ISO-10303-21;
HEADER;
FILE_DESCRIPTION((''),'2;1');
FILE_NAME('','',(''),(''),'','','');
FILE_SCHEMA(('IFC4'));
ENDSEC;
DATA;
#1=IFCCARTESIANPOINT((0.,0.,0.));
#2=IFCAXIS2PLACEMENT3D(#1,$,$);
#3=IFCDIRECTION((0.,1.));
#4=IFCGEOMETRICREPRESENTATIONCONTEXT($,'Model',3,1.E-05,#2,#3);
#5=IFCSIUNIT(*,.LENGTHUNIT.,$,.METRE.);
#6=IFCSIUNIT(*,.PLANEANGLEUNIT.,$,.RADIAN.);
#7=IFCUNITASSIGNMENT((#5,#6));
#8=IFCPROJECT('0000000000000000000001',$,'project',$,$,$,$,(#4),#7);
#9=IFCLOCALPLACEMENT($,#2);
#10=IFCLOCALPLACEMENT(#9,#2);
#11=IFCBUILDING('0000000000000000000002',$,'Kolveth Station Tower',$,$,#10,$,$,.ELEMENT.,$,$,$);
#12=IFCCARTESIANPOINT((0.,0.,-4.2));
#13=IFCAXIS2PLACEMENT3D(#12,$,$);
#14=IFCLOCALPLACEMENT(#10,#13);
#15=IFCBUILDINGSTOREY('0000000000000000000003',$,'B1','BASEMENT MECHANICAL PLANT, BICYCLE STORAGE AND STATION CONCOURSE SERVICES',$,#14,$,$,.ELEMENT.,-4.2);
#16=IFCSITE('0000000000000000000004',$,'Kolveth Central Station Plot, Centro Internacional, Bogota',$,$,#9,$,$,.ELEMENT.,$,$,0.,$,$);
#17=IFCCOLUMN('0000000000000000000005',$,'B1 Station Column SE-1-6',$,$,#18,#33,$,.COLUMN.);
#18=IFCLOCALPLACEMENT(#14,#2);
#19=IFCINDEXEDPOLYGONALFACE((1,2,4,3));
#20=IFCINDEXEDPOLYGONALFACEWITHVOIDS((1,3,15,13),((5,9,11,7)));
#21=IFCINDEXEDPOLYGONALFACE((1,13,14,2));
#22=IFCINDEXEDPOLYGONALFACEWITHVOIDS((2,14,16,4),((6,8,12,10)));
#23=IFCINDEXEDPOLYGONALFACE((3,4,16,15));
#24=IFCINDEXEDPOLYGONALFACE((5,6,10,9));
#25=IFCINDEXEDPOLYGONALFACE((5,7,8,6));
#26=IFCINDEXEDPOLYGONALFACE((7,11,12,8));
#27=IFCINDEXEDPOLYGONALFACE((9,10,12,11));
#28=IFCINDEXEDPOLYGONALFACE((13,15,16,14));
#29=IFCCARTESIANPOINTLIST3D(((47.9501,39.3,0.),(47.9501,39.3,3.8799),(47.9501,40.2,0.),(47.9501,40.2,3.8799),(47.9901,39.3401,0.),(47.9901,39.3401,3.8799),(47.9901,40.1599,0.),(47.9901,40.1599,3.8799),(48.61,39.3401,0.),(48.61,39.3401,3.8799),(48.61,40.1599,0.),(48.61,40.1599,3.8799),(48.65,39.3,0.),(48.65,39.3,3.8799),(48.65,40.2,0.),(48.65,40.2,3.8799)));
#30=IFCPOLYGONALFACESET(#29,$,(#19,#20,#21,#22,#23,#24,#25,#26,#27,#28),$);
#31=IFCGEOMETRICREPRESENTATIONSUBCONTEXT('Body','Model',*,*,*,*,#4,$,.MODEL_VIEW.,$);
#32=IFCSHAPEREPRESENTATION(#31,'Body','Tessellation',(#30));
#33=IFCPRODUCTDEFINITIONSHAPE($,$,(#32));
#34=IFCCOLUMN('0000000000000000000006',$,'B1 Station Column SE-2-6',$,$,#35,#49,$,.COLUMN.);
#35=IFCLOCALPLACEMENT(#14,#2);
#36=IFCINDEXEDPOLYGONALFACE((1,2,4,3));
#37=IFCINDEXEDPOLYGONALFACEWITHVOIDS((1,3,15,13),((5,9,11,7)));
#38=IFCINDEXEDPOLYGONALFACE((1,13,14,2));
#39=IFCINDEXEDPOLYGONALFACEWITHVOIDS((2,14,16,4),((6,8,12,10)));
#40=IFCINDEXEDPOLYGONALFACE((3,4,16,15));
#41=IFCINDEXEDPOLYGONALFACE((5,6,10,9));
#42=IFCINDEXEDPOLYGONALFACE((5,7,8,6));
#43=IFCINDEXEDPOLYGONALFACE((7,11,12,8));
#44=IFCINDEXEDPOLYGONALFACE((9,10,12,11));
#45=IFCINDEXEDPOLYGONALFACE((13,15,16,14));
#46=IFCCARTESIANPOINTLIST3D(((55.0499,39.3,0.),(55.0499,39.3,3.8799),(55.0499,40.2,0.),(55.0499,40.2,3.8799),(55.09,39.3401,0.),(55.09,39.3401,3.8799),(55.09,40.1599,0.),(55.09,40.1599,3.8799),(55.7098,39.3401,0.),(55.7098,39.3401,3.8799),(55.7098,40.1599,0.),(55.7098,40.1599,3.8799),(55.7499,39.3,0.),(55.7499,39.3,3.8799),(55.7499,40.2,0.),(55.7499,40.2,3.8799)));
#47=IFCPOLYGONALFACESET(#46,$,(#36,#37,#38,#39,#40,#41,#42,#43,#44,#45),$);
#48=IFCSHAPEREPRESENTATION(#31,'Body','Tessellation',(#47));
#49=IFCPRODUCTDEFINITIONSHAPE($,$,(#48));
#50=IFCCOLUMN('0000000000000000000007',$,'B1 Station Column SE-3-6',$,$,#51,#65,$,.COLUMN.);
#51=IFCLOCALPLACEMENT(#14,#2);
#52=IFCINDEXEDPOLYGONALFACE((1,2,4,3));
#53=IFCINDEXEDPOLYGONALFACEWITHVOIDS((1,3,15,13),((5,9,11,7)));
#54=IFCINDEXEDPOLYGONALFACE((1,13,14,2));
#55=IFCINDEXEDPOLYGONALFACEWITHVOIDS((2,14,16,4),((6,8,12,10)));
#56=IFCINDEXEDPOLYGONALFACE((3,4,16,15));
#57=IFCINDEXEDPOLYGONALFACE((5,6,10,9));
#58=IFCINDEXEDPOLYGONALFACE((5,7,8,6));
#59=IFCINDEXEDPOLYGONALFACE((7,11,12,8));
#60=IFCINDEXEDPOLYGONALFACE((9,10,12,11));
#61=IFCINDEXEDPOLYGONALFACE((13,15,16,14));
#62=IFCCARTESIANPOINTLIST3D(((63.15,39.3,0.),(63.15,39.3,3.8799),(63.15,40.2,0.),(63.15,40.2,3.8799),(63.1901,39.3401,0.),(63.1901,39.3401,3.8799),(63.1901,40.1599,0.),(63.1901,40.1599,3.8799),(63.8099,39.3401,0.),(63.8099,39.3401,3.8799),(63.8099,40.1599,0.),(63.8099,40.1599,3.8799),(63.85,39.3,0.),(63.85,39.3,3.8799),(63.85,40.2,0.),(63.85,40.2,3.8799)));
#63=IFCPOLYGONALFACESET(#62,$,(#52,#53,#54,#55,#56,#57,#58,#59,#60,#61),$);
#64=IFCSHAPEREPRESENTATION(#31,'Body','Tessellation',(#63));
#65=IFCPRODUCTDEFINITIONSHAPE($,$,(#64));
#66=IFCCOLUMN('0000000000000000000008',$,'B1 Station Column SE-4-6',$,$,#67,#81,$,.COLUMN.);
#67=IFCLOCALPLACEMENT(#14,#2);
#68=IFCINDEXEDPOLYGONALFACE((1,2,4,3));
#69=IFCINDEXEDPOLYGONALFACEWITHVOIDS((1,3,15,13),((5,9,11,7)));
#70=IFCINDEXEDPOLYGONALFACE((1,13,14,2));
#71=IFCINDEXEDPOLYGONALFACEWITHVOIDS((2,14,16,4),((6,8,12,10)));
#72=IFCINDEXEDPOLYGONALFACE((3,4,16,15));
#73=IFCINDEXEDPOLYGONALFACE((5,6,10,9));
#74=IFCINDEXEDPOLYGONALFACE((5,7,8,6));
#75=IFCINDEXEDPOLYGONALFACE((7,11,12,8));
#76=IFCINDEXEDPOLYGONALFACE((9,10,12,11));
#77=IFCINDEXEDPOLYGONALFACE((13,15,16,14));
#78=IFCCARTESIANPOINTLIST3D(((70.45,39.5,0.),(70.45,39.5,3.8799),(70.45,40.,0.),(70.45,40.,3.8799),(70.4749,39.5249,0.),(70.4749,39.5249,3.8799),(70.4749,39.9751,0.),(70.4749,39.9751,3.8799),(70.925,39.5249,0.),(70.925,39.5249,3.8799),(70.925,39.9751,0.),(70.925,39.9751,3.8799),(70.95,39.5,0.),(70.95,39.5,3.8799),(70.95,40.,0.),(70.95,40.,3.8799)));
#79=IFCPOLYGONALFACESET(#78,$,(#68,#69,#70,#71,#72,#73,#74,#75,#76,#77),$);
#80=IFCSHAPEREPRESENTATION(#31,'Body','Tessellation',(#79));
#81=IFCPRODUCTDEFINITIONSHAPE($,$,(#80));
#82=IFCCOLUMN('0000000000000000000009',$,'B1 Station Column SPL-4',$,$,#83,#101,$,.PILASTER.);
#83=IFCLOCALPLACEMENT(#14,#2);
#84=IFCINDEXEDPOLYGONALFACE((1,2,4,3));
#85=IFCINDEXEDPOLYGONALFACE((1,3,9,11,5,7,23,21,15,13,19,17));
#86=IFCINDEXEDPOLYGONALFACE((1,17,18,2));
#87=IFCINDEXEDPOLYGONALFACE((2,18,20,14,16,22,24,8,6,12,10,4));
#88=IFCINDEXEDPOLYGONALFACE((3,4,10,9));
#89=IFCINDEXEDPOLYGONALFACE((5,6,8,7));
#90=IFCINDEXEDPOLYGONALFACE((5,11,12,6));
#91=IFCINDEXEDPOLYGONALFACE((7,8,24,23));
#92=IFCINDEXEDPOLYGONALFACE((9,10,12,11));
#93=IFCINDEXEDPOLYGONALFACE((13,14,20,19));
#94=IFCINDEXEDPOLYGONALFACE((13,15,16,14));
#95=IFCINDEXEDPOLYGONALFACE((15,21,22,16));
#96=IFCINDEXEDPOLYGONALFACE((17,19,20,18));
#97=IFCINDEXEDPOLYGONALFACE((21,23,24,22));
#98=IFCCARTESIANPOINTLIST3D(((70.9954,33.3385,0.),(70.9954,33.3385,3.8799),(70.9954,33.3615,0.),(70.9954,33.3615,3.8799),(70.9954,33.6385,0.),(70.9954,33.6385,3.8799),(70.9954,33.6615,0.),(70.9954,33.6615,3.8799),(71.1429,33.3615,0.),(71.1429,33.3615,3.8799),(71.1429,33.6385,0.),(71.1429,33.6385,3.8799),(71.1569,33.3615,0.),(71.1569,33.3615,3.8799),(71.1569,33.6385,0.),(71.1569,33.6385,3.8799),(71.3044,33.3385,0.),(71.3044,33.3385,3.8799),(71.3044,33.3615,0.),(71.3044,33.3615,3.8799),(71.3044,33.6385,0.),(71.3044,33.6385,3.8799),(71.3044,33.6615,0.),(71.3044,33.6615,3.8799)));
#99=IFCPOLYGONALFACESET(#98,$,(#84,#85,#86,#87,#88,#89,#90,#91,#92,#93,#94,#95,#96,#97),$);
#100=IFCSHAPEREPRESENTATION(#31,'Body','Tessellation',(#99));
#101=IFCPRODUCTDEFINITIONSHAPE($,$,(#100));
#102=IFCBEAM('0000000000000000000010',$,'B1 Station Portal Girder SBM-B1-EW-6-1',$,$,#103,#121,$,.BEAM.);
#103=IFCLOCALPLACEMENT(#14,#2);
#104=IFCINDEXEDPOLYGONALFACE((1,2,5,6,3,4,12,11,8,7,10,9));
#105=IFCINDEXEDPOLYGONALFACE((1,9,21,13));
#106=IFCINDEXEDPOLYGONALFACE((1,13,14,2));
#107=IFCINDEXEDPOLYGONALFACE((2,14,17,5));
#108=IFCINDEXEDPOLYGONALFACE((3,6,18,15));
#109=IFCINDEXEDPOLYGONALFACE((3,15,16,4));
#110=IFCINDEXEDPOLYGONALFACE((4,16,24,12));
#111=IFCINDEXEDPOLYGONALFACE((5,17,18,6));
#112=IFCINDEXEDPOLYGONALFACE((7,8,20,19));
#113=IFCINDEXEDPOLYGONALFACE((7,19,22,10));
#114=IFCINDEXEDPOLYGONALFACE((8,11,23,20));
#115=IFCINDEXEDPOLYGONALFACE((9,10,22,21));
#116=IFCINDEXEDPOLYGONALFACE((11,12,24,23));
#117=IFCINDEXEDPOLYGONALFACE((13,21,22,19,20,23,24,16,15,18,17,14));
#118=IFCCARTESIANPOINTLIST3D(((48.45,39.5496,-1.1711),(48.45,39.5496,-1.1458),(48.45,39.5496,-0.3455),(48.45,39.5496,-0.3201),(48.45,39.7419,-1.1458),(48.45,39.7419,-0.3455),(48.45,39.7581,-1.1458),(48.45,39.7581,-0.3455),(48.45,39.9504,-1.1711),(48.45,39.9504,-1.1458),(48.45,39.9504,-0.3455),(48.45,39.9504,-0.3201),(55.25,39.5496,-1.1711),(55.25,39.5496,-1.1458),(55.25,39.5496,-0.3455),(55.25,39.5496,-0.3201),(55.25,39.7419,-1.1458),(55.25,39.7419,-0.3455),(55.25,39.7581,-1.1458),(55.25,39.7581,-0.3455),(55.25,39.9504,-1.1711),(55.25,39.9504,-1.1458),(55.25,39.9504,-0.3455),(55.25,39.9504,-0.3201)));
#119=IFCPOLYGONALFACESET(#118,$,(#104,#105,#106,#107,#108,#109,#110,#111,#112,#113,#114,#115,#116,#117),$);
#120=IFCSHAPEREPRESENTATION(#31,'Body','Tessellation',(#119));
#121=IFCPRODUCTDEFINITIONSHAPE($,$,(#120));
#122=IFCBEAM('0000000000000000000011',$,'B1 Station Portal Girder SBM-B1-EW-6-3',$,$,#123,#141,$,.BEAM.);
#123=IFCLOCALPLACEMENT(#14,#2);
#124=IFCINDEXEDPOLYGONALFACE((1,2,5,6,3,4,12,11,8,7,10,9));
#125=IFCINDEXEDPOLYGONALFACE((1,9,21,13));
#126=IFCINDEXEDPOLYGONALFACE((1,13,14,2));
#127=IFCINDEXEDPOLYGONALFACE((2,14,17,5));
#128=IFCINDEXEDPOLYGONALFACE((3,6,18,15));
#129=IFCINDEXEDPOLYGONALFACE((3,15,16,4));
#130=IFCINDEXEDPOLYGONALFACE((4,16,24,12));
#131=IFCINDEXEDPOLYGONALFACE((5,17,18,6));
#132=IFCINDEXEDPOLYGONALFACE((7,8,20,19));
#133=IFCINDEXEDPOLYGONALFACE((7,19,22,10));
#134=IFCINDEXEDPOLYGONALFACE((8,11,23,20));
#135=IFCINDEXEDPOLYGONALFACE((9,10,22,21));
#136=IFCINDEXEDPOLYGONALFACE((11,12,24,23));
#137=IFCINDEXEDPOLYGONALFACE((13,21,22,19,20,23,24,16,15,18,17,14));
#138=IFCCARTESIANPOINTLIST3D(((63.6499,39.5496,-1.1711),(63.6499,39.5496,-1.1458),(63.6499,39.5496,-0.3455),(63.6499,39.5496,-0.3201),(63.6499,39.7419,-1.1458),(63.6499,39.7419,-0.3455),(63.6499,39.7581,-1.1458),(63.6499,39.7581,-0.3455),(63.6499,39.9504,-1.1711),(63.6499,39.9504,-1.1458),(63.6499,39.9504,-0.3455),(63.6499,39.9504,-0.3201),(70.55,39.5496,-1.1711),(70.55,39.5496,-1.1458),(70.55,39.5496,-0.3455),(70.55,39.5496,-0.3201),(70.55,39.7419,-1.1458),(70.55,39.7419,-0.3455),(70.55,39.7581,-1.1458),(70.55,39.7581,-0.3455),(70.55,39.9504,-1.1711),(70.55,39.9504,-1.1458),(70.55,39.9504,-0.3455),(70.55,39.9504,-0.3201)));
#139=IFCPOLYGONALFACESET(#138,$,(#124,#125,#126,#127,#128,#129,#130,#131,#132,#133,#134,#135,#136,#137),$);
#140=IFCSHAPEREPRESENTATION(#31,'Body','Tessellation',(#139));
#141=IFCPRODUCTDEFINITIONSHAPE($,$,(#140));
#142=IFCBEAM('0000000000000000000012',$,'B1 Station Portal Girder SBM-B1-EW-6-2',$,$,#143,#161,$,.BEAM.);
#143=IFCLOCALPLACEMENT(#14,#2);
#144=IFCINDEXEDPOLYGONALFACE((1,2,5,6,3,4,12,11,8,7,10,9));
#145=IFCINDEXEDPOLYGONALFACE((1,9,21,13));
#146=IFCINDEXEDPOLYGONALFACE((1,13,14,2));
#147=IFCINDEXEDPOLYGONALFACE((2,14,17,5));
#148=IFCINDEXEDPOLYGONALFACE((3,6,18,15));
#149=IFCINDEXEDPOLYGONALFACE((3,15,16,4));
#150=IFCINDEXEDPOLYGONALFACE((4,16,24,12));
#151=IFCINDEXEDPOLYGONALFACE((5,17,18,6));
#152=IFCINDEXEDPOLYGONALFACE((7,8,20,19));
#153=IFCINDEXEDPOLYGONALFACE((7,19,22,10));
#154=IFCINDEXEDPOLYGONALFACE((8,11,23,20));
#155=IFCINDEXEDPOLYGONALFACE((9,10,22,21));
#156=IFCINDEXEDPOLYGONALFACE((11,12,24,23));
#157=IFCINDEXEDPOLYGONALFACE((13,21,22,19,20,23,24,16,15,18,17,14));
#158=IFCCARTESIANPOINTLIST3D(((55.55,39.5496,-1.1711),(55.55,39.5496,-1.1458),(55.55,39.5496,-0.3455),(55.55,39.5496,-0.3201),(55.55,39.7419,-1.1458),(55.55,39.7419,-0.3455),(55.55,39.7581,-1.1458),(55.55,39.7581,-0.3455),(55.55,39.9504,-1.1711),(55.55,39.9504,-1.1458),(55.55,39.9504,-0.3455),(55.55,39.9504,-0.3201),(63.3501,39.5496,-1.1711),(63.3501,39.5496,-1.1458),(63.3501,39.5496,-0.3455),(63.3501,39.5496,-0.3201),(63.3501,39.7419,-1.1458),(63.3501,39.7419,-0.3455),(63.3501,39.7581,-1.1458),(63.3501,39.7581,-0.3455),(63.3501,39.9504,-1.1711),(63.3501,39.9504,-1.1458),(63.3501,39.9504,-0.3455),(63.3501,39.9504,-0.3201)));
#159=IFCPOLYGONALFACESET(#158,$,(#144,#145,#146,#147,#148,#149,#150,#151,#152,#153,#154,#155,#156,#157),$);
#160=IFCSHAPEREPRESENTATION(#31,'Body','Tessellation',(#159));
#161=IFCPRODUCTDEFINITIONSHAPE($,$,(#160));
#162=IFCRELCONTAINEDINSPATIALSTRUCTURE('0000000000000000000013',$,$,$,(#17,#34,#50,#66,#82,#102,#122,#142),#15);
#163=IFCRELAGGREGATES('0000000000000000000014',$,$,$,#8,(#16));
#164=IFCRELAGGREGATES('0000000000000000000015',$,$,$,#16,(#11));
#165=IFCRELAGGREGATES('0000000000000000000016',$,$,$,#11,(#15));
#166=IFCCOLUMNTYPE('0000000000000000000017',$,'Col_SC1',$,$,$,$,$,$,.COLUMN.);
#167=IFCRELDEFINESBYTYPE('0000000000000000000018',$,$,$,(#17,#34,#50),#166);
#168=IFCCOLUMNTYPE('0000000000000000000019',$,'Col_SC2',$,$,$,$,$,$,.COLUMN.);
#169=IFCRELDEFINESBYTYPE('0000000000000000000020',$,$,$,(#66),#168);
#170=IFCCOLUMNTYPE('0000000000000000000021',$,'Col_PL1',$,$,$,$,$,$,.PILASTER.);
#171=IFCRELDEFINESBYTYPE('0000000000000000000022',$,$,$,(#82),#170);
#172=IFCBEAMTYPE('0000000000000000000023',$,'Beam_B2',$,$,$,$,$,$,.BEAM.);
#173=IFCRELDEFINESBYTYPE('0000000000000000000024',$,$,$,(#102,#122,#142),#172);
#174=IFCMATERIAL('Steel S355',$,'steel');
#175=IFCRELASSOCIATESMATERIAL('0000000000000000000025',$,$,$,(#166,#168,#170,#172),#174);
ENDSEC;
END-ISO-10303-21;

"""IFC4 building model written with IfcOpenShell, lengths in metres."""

from ifc_helpers import new_model, si_unit, direction, frame, origin, origin_2d, place, context, subcontext, project, spatial, hollow_rectangle, i_section, extrude, source, transform, mapped, material, material_profile, profile_set, type_object, element, save


model = new_model("IFC4")

# Units and contexts
model_context = context("Model", 3, precision=1e-05, world=origin(), true_north=direction((0.0, 1.0)))
body_context = subcontext(model_context, "Body", "Model", "MODEL_VIEW")
ifc_project = project(units=[si_unit("LENGTHUNIT", "METRE"), si_unit("PLANEANGLEUNIT", "RADIAN")], contexts=[model_context])

# Site, building, storey
site_placement = place(None, origin())
site = spatial("IfcSite", under=ifc_project, at=site_placement, Name="Kolveth Central Station Plot, Centro Internacional, Bogota", CompositionType="ELEMENT", RefElevation=0.0)
building_placement = place(site_placement, origin())
building = spatial("IfcBuilding", under=site, at=building_placement, Name="Kolveth Station Tower", CompositionType="ELEMENT")
storey_placement = place(building_placement, frame((0.0, 0.0, -4.2)))
storey = spatial("IfcBuildingStorey", under=building, at=storey_placement, Name="B1", Description="BASEMENT MECHANICAL PLANT, BICYCLE STORAGE AND STATION CONCOURSE SERVICES", CompositionType="ELEMENT", Elevation=-4.2)

# Columns
ifc_material_1 = material(Name="Steel S355", Category="steel")
ifc_material_profile_1 = material_profile(ifc_material_1, hollow_rectangle(XDim=0.7, YDim=0.8999, WallThickness=0.04, at=origin_2d()), Name="BOX900x700x40")
ifc_profile_set_1 = profile_set([ifc_material_profile_1], Name="Steel S355")
column_type_1 = type_object("IfcColumnType", Name="Col_SC1", PredefinedType="COLUMN", material=ifc_profile_set_1)
shared_shape_1 = source(origin(), body_context, "Body", "SweptSolid", [
    extrude(hollow_rectangle(XDim=0.7, YDim=0.8999, WallThickness=0.04, at=origin_2d()), origin(), (0.0, 0.0, 1.0), 3.8799),
])
for number, where, z_axis, x_axis, name in (
    (1, (48.3, 39.75, 0.0), (0.0, 0.0, 1.0), (1.0, 0.0, 0.0), "B1 Station Column SE-1-6"),
    (2, (55.3999, 39.75, 0.0), (0.0, 0.0, 1.0), (1.0, 0.0, 0.0), "B1 Station Column SE-2-6"),
    (3, (63.5, 39.75, 0.0), (0.0, 0.0, 1.0), (1.0, 0.0, 0.0), "B1 Station Column SE-3-6"),
):
    element("IfcColumn", number, at=place(storey_placement, frame(where, z_axis=z_axis, x_axis=x_axis)), inside=storey, type_object=column_type_1, Name=name, PredefinedType="COLUMN", context=body_context, shape_type="MappedRepresentation", body=[
        mapped(shared_shape_1, transform((0.0, 0.0, 0.0), x_axis=(1.0, 0.0, 0.0), y_axis=(0.0, 1.0, 0.0), z_axis=(0.0, 0.0, 1.0), scale=1.0)),
    ])
ifc_material_profile_2 = material_profile(ifc_material_1, hollow_rectangle(XDim=0.5, YDim=0.5, WallThickness=0.0249, at=origin_2d()), Name="HSS500x500x25")
ifc_profile_set_2 = profile_set([ifc_material_profile_2], Name="Steel S355")
column_type_2 = type_object("IfcColumnType", Name="Col_SC2", PredefinedType="COLUMN", material=ifc_profile_set_2)
shared_shape_2 = source(origin(), body_context, "Body", "SweptSolid", [
    extrude(hollow_rectangle(XDim=0.5, YDim=0.5, WallThickness=0.0249, at=origin_2d()), origin(), (0.0, 0.0, 1.0), 3.8799),
])
column_1_placement = place(storey_placement, frame((70.7, 39.75, 0.0), z_axis=(0.0, 0.0, 1.0), x_axis=(1.0, 0.0, 0.0)))
element("IfcColumn", 4, at=column_1_placement, inside=storey, type_object=column_type_2, Name="B1 Station Column SE-4-6", PredefinedType="COLUMN", context=body_context, shape_type="MappedRepresentation", body=[
    mapped(shared_shape_2, transform((0.0, 0.0, 0.0), x_axis=(1.0, 0.0, 0.0), y_axis=(0.0, 1.0, 0.0), z_axis=(0.0, 0.0, 1.0), scale=1.0)),
])
ifc_material_profile_3 = material_profile(ifc_material_1, i_section(OverallWidth=0.3091, OverallDepth=0.323, WebThickness=0.0139, FlangeThickness=0.0229, at=origin_2d()), Name="W310x143")
ifc_profile_set_3 = profile_set([ifc_material_profile_3], Name="Steel S355")
column_type_3 = type_object("IfcColumnType", Name="Col_PL1", PredefinedType="PILASTER", material=ifc_profile_set_3)
shared_shape_3 = source(origin(), body_context, "Body", "SweptSolid", [
    extrude(i_section(OverallWidth=0.3091, OverallDepth=0.323, WebThickness=0.0139, FlangeThickness=0.0229, at=origin_2d()), origin(), (0.0, 0.0, 1.0), 3.8799),
])
column_2_placement = place(storey_placement, frame((71.1499, 33.5, 0.0), z_axis=(0.0, 0.0, 1.0), x_axis=(1.0, 0.0, 0.0)))
element("IfcColumn", 5, at=column_2_placement, inside=storey, type_object=column_type_3, Name="B1 Station Column SPL-4", PredefinedType="PILASTER", context=body_context, shape_type="MappedRepresentation", body=[
    mapped(shared_shape_3, transform((0.0, 0.0, 0.0), x_axis=(1.0, 0.0, 0.0), y_axis=(0.0, 1.0, 0.0), z_axis=(0.0, 0.0, 1.0), scale=1.0)),
])

# Beams
ifc_material_profile_4 = material_profile(ifc_material_1, i_section(OverallWidth=0.4009, OverallDepth=0.8511, WebThickness=0.0161, FlangeThickness=0.0254, at=origin_2d()), Name="W840x226")
ifc_profile_set_4 = profile_set([ifc_material_profile_4], Name="Steel S355")
beam_type_1 = type_object("IfcBeamType", Name="Beam_B2", PredefinedType="BEAM", material=ifc_profile_set_4)
shared_shape_4 = source(origin(), body_context, "Body", "SweptSolid", [
    extrude(i_section(OverallWidth=0.4009, OverallDepth=0.8511, WebThickness=0.0161, FlangeThickness=0.0254, at=origin_2d()), origin(), (0.0, 0.0, 1.0), 6.8),
])
beam_1_placement = place(storey_placement, frame((48.45, 39.75, -0.7456), z_axis=(1.0, 0.0, 0.0), x_axis=(0.0, 1.0, 0.0)))
element("IfcBeam", 6, at=beam_1_placement, inside=storey, type_object=beam_type_1, Name="B1 Station Portal Girder SBM-B1-EW-6-1", PredefinedType="BEAM", context=body_context, shape_type="MappedRepresentation", body=[
    mapped(shared_shape_4, transform((0.0, 0.0, 0.0), x_axis=(1.0, 0.0, 0.0), y_axis=(0.0, 1.0, 0.0), z_axis=(0.0, 0.0, 1.0), scale=1.0)),
])
shared_shape_5 = source(origin(), body_context, "Body", "SweptSolid", [
    extrude(i_section(OverallWidth=0.4009, OverallDepth=0.8511, WebThickness=0.0161, FlangeThickness=0.0254, at=origin_2d()), origin(), (0.0, 0.0, 1.0), 6.9001),
])
beam_2_placement = place(storey_placement, frame((63.6499, 39.75, -0.7456), z_axis=(1.0, 0.0, 0.0), x_axis=(0.0, 1.0, 0.0)))
element("IfcBeam", 7, at=beam_2_placement, inside=storey, type_object=beam_type_1, Name="B1 Station Portal Girder SBM-B1-EW-6-3", PredefinedType="BEAM", context=body_context, shape_type="MappedRepresentation", body=[
    mapped(shared_shape_5, transform((0.0, 0.0, 0.0), x_axis=(1.0, 0.0, 0.0), y_axis=(0.0, 1.0, 0.0), z_axis=(0.0, 0.0, 1.0), scale=1.0)),
])
shared_shape_6 = source(origin(), body_context, "Body", "SweptSolid", [
    extrude(i_section(OverallWidth=0.4009, OverallDepth=0.8511, WebThickness=0.0161, FlangeThickness=0.0254, at=origin_2d()), origin(), (0.0, 0.0, 1.0), 7.8),
])
beam_3_placement = place(storey_placement, frame((55.55, 39.75, -0.7456), z_axis=(1.0, 0.0, 0.0), x_axis=(0.0, 1.0, 0.0)))
element("IfcBeam", 8, at=beam_3_placement, inside=storey, type_object=beam_type_1, Name="B1 Station Portal Girder SBM-B1-EW-6-2", PredefinedType="BEAM", context=body_context, shape_type="MappedRepresentation", body=[
    mapped(shared_shape_6, transform((0.0, 0.0, 0.0), x_axis=(1.0, 0.0, 0.0), y_axis=(0.0, 1.0, 0.0), z_axis=(0.0, 0.0, 1.0), scale=1.0)),
])

save(model, "model.ifc")
